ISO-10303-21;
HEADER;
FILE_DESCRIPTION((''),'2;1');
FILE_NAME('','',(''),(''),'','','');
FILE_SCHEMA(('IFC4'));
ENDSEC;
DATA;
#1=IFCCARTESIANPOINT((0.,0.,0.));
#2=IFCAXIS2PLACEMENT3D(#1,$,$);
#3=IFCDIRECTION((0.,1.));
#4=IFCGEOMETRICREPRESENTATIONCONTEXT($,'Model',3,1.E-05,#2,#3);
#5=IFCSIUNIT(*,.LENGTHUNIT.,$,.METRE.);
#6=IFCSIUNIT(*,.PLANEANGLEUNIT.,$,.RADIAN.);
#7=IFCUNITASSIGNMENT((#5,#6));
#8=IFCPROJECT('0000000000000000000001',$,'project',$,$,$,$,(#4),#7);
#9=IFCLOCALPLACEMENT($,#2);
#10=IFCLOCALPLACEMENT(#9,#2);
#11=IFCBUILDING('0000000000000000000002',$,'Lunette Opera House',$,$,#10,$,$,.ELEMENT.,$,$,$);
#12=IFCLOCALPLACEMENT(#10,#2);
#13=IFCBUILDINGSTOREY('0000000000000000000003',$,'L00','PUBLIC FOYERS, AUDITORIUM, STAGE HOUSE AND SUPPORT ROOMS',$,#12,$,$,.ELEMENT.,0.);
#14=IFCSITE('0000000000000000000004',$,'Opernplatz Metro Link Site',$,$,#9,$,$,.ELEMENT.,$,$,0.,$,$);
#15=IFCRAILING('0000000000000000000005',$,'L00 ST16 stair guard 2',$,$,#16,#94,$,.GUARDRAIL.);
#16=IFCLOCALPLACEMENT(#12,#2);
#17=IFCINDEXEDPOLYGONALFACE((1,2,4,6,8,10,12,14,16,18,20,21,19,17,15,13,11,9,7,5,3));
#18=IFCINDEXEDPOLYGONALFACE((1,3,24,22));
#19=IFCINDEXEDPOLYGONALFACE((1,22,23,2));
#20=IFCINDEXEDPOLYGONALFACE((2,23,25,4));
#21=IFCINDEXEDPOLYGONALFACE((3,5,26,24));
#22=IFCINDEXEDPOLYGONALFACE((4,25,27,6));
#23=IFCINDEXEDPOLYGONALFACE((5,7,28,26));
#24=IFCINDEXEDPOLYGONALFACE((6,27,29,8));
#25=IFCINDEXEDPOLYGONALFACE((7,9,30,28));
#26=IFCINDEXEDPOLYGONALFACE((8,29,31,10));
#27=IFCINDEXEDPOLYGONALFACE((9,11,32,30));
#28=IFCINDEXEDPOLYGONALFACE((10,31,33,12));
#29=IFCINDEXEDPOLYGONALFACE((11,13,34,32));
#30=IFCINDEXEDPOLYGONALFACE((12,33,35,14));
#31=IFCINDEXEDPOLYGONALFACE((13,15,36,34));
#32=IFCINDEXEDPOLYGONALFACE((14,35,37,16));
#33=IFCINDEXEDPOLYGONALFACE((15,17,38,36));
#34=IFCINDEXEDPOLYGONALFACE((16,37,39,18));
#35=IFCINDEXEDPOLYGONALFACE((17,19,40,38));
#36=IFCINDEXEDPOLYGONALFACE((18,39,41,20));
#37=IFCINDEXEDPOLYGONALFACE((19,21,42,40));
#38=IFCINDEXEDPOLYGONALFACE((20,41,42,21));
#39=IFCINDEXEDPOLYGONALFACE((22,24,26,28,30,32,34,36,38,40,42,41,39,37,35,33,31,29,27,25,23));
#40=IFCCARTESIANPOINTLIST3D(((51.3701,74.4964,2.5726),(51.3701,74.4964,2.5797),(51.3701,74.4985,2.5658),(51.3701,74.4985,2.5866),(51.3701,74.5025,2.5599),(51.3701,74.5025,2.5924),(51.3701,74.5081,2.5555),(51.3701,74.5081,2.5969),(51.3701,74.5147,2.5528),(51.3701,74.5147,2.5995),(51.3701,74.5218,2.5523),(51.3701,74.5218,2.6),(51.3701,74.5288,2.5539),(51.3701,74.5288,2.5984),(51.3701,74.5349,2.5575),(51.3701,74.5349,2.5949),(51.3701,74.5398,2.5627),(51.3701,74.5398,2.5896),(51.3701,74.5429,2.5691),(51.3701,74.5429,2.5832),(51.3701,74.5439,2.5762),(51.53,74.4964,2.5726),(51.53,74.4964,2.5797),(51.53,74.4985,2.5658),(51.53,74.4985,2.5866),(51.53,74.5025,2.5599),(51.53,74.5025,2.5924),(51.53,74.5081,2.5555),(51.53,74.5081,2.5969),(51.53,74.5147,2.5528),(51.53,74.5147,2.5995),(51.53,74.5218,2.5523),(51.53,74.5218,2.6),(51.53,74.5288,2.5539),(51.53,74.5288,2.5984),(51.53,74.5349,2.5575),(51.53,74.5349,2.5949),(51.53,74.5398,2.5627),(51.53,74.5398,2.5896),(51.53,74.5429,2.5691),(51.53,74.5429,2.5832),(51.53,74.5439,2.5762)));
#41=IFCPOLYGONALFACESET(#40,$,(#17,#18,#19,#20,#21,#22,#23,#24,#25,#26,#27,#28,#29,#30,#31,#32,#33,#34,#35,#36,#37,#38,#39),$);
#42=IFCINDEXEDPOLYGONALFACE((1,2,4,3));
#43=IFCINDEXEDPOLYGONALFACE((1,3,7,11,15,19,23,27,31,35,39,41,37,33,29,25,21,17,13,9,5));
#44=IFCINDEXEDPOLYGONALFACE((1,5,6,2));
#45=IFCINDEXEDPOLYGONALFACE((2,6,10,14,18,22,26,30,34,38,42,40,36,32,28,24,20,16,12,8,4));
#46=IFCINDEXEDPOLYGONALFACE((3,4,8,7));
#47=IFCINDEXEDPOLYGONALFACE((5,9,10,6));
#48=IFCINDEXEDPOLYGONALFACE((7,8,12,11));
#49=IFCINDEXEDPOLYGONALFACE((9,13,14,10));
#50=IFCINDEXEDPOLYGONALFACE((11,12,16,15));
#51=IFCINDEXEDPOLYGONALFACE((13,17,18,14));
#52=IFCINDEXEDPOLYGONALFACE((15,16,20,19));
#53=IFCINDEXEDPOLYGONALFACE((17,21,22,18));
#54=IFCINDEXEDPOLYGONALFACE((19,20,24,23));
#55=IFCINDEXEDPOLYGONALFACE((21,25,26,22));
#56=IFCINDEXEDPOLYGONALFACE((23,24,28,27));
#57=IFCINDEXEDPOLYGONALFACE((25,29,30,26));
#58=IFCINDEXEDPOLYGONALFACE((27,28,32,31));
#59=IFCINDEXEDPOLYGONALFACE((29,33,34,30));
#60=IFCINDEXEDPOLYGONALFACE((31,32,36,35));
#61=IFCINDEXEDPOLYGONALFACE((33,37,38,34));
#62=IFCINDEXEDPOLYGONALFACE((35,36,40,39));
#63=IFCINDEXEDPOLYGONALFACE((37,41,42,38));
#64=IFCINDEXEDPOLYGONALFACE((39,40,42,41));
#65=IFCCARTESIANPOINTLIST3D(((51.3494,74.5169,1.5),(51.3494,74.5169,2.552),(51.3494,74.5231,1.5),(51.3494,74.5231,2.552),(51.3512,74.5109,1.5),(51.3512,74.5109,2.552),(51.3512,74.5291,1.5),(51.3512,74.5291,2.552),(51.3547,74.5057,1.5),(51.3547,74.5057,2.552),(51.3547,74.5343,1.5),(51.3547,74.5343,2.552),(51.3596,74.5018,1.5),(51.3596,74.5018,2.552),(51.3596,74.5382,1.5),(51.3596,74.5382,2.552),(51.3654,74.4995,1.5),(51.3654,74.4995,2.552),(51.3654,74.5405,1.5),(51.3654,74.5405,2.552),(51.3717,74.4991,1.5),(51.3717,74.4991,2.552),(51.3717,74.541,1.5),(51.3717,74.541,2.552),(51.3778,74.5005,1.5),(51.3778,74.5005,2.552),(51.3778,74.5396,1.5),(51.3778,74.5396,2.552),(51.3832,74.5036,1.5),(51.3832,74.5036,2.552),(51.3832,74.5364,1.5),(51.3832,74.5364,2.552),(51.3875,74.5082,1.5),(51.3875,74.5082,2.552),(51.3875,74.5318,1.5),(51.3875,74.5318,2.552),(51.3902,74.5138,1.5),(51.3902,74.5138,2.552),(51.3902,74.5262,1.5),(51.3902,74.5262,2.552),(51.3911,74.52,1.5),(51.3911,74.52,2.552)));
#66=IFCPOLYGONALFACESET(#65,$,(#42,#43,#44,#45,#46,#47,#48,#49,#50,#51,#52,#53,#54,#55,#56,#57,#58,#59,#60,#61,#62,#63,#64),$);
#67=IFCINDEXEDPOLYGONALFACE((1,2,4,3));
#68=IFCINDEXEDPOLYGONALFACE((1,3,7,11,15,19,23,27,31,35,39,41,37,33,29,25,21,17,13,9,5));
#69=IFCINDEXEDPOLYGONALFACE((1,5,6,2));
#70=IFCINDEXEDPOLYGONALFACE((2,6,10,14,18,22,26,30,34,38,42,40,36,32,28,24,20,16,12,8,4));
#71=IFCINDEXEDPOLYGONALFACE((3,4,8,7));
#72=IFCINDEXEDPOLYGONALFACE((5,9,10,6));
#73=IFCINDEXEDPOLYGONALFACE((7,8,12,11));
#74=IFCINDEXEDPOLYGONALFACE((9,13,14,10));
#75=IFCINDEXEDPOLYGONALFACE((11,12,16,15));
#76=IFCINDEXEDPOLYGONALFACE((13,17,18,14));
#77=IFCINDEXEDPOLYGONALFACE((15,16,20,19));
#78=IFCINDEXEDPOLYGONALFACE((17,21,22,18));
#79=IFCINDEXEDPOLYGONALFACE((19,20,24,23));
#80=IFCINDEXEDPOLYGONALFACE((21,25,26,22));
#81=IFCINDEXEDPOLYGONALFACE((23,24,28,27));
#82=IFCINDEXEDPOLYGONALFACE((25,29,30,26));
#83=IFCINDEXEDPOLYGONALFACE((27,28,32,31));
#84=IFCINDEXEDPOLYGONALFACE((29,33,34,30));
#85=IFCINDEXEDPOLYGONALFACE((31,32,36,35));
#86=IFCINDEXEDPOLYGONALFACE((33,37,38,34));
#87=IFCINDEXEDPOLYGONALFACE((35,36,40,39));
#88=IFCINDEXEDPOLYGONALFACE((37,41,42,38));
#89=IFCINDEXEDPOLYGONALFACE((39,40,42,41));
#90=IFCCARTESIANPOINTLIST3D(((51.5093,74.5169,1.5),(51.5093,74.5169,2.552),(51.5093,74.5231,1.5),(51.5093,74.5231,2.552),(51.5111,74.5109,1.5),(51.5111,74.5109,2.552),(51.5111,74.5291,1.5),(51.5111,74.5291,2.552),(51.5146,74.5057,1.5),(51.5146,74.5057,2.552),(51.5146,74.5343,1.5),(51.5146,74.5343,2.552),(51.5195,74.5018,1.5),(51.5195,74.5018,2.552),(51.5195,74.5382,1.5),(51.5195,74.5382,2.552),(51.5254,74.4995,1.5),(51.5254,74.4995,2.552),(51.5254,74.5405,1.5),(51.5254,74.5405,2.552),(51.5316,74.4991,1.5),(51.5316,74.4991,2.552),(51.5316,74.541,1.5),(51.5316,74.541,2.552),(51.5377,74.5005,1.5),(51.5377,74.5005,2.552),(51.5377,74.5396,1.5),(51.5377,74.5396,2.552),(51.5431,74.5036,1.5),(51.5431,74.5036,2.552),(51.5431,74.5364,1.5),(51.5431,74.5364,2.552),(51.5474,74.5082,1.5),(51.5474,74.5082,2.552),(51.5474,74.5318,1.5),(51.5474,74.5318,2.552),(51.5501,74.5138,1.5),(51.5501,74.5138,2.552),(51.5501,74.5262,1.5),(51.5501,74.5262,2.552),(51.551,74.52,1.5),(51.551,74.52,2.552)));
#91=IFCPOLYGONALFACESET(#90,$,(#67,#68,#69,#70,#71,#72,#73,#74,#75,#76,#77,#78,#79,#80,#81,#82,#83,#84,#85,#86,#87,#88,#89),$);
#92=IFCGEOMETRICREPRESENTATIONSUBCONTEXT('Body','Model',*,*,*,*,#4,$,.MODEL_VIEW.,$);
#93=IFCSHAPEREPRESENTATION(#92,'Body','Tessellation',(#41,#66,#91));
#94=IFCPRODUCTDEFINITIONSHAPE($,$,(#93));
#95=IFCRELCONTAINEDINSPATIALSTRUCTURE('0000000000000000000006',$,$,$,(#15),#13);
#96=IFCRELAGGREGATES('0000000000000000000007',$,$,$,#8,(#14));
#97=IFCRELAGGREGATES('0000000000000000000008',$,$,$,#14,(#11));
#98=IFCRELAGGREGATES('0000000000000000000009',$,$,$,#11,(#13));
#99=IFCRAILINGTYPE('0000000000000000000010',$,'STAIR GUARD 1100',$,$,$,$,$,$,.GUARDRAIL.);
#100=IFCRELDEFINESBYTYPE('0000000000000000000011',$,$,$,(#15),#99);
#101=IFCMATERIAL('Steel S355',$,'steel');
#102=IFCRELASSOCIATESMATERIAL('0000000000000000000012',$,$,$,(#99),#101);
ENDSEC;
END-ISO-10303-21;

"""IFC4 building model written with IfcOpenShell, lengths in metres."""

from ifc_helpers import new_model, si_unit, direction, frame, origin, origin_2d, place, context, subcontext, project, spatial, circle, extrude, material, type_object, element, save


model = new_model("IFC4")

# Units and contexts
model_context = context("Model", 3, precision=1e-05, world=origin(), true_north=direction((0.0, 1.0)))
body_context = subcontext(model_context, "Body", "Model", "MODEL_VIEW")
ifc_project = project(units=[si_unit("LENGTHUNIT", "METRE"), si_unit("PLANEANGLEUNIT", "RADIAN")], contexts=[model_context])

# Site, building, storey
site_placement = place(None, origin())
site = spatial("IfcSite", under=ifc_project, at=site_placement, Name="Opernplatz Metro Link Site", CompositionType="ELEMENT", RefElevation=0.0)
building_placement = place(site_placement, origin())
building = spatial("IfcBuilding", under=site, at=building_placement, Name="Lunette Opera House", CompositionType="ELEMENT")
storey_placement = place(building_placement, origin())
storey = spatial("IfcBuildingStorey", under=building, at=storey_placement, Name="L00", Description="PUBLIC FOYERS, AUDITORIUM, STAGE HOUSE AND SUPPORT ROOMS", CompositionType="ELEMENT", Elevation=0.0)

# Railing
ifc_material_1 = material(Name="Steel S355", Category="steel")
railing_type_1 = type_object("IfcRailingType", Name="STAIR GUARD 1100", PredefinedType="GUARDRAIL", material=ifc_material_1)
railing_1_placement = place(storey_placement, frame((51.3701, 74.52, 1.5)))
element("IfcRailing", 1, at=railing_1_placement, inside=storey, type_object=railing_type_1, Name="L00 ST16 stair guard 2", PredefinedType="GUARDRAIL", context=body_context, shape_type="SweptSolid", body=[
    extrude(circle(Radius=0.0239, at=origin_2d()), frame((0.0, 0.0, 1.0762), z_axis=(1.0, 0.0, 0.0), x_axis=(0.0, 1.0, 0.0)), (0.0, 0.0, 1.0), 0.1599),
    extrude(circle(Radius=0.021, at=origin_2d()), origin(), (0.0, 0.0, 1.0), 1.052),
    extrude(circle(Radius=0.021, at=origin_2d()), frame((0.1599, 0.0, 0.0)), (0.0, 0.0, 1.0), 1.052),
])

save(model, "model.ifc")
